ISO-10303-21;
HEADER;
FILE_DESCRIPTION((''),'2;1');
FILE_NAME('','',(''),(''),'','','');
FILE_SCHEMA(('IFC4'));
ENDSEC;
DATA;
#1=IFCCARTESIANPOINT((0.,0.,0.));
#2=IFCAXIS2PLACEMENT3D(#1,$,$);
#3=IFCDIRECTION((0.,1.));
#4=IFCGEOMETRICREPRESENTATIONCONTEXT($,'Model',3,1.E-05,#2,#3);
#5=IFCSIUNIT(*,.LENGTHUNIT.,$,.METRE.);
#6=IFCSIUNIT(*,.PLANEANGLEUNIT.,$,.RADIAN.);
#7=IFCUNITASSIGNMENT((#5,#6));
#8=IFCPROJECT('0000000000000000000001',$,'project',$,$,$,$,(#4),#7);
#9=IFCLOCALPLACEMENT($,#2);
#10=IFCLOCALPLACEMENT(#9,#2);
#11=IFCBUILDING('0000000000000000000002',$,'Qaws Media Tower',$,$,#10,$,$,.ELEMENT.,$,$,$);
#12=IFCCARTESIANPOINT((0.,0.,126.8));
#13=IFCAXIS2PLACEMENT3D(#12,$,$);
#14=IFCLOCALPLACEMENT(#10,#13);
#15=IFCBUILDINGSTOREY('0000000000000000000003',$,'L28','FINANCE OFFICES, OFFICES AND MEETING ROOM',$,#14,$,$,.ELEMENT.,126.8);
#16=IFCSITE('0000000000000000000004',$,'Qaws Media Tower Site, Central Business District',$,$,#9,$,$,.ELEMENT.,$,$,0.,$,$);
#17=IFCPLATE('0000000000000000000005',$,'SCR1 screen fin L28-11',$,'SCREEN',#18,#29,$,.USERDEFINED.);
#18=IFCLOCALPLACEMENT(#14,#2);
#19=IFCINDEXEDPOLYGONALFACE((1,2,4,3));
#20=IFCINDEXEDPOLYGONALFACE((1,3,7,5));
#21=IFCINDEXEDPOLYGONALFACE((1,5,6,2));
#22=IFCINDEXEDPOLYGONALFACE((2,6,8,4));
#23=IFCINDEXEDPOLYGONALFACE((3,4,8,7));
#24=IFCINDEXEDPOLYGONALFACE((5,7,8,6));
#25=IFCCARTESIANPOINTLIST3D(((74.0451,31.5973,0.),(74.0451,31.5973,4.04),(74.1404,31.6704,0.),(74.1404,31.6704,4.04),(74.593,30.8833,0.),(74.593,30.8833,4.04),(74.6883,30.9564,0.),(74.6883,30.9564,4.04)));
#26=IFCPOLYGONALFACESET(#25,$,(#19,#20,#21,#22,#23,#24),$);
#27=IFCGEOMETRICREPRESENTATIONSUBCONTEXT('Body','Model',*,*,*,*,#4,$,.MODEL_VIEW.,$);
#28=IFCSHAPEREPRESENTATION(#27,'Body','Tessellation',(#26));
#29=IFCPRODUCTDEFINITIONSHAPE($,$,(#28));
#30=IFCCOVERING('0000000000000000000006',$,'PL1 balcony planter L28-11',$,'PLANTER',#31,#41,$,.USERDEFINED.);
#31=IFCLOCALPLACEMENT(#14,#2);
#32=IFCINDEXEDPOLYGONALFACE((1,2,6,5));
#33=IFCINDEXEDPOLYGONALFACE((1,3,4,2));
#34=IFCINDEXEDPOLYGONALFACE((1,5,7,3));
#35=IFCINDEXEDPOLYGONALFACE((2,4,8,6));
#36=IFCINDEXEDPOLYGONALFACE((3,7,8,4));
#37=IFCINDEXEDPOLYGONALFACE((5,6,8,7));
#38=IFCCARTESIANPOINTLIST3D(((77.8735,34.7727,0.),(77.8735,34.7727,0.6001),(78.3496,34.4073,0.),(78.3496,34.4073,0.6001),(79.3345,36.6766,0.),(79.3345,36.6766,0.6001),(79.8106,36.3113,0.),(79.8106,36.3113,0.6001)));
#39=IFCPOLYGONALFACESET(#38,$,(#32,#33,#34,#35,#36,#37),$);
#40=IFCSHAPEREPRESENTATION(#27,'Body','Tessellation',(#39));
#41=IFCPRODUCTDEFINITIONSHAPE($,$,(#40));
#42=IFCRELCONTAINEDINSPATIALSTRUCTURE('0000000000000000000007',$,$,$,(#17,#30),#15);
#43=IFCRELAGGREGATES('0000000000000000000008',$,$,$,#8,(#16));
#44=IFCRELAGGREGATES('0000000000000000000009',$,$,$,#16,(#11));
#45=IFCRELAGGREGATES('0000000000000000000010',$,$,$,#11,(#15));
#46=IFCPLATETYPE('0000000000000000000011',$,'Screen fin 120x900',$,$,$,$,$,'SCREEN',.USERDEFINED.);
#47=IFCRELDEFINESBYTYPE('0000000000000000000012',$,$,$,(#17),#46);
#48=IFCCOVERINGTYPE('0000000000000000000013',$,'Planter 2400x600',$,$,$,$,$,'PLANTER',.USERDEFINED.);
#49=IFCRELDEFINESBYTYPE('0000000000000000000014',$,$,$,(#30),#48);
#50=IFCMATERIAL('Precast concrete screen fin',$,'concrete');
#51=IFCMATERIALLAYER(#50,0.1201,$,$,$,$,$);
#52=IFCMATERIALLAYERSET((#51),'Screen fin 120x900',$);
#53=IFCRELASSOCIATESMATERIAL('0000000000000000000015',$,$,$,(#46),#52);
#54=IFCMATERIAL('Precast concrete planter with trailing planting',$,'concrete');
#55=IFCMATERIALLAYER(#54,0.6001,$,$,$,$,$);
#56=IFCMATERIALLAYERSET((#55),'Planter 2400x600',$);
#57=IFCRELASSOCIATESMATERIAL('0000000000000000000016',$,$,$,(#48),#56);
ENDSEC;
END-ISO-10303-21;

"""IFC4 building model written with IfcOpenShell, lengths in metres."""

from ifc_helpers import new_model, si_unit, direction, frame, origin, origin_2d, place, context, subcontext, project, spatial, rectangle, extrude, material, layer, layer_set, type_object, element, save


model = new_model("IFC4")

# Units and contexts
model_context = context("Model", 3, precision=1e-05, world=origin(), true_north=direction((0.0, 1.0)))
body_context = subcontext(model_context, "Body", "Model", "MODEL_VIEW")
ifc_project = project(units=[si_unit("LENGTHUNIT", "METRE"), si_unit("PLANEANGLEUNIT", "RADIAN")], contexts=[model_context])

# Site, building, storey
site_placement = place(None, origin())
site = spatial("IfcSite", under=ifc_project, at=site_placement, Name="Qaws Media Tower Site, Central Business District", CompositionType="ELEMENT", RefElevation=0.0)
building_placement = place(site_placement, origin())
building = spatial("IfcBuilding", under=site, at=building_placement, Name="Qaws Media Tower", CompositionType="ELEMENT")
storey_placement = place(building_placement, frame((0.0, 0.0, 126.8)))
storey = spatial("IfcBuildingStorey", under=building, at=storey_placement, Name="L28", Description="FINANCE OFFICES, OFFICES AND MEETING ROOM", CompositionType="ELEMENT", Elevation=126.8)

# Plate
ifc_material_1 = material(Name="Precast concrete screen fin", Category="concrete")
ifc_layer_1 = layer(ifc_material_1, 0.1201)
ifc_layer_set_1 = layer_set([ifc_layer_1], Name="Screen fin 120x900")
plate_type_1 = type_object("IfcPlateType", Name="Screen fin 120x900", ElementType="SCREEN", PredefinedType="USERDEFINED", material=ifc_layer_set_1)
plate_1_placement = place(storey_placement, frame((74.3667, 31.2769, 0.0), z_axis=(0.0, 0.0, 1.0), x_axis=(0.608761, -0.793353, 0.0)))
element("IfcPlate", 1, at=plate_1_placement, inside=storey, type_object=plate_type_1, Name="SCR1 screen fin L28-11", ObjectType="SCREEN", PredefinedType="USERDEFINED", context=body_context, shape_type="SweptSolid", body=[
    extrude(rectangle(XDim=0.8999, YDim=0.1201, at=origin_2d()), origin(), (0.0, 0.0, 1.0), 4.04),
])

# Covering
ifc_material_2 = material(Name="Precast concrete planter with trailing planting", Category="concrete")
ifc_layer_2 = layer(ifc_material_2, 0.6001)
ifc_layer_set_2 = layer_set([ifc_layer_2], Name="Planter 2400x600")
covering_type = type_object("IfcCoveringType", Name="Planter 2400x600", ElementType="PLANTER", PredefinedType="USERDEFINED", material=ifc_layer_set_2)
covering_placement = place(storey_placement, frame((78.842, 35.542, 0.0), z_axis=(0.0, 0.0, 1.0), x_axis=(0.608761, 0.793353, 0.0)))
element("IfcCovering", 2, at=covering_placement, inside=storey, type_object=covering_type, Name="PL1 balcony planter L28-11", ObjectType="PLANTER", PredefinedType="USERDEFINED", context=body_context, shape_type="SweptSolid", body=[
    extrude(rectangle(XDim=2.3999, YDim=0.6001, at=origin_2d()), origin(), (0.0, 0.0, 1.0), 0.6001),
])

save(model, "model.ifc")
